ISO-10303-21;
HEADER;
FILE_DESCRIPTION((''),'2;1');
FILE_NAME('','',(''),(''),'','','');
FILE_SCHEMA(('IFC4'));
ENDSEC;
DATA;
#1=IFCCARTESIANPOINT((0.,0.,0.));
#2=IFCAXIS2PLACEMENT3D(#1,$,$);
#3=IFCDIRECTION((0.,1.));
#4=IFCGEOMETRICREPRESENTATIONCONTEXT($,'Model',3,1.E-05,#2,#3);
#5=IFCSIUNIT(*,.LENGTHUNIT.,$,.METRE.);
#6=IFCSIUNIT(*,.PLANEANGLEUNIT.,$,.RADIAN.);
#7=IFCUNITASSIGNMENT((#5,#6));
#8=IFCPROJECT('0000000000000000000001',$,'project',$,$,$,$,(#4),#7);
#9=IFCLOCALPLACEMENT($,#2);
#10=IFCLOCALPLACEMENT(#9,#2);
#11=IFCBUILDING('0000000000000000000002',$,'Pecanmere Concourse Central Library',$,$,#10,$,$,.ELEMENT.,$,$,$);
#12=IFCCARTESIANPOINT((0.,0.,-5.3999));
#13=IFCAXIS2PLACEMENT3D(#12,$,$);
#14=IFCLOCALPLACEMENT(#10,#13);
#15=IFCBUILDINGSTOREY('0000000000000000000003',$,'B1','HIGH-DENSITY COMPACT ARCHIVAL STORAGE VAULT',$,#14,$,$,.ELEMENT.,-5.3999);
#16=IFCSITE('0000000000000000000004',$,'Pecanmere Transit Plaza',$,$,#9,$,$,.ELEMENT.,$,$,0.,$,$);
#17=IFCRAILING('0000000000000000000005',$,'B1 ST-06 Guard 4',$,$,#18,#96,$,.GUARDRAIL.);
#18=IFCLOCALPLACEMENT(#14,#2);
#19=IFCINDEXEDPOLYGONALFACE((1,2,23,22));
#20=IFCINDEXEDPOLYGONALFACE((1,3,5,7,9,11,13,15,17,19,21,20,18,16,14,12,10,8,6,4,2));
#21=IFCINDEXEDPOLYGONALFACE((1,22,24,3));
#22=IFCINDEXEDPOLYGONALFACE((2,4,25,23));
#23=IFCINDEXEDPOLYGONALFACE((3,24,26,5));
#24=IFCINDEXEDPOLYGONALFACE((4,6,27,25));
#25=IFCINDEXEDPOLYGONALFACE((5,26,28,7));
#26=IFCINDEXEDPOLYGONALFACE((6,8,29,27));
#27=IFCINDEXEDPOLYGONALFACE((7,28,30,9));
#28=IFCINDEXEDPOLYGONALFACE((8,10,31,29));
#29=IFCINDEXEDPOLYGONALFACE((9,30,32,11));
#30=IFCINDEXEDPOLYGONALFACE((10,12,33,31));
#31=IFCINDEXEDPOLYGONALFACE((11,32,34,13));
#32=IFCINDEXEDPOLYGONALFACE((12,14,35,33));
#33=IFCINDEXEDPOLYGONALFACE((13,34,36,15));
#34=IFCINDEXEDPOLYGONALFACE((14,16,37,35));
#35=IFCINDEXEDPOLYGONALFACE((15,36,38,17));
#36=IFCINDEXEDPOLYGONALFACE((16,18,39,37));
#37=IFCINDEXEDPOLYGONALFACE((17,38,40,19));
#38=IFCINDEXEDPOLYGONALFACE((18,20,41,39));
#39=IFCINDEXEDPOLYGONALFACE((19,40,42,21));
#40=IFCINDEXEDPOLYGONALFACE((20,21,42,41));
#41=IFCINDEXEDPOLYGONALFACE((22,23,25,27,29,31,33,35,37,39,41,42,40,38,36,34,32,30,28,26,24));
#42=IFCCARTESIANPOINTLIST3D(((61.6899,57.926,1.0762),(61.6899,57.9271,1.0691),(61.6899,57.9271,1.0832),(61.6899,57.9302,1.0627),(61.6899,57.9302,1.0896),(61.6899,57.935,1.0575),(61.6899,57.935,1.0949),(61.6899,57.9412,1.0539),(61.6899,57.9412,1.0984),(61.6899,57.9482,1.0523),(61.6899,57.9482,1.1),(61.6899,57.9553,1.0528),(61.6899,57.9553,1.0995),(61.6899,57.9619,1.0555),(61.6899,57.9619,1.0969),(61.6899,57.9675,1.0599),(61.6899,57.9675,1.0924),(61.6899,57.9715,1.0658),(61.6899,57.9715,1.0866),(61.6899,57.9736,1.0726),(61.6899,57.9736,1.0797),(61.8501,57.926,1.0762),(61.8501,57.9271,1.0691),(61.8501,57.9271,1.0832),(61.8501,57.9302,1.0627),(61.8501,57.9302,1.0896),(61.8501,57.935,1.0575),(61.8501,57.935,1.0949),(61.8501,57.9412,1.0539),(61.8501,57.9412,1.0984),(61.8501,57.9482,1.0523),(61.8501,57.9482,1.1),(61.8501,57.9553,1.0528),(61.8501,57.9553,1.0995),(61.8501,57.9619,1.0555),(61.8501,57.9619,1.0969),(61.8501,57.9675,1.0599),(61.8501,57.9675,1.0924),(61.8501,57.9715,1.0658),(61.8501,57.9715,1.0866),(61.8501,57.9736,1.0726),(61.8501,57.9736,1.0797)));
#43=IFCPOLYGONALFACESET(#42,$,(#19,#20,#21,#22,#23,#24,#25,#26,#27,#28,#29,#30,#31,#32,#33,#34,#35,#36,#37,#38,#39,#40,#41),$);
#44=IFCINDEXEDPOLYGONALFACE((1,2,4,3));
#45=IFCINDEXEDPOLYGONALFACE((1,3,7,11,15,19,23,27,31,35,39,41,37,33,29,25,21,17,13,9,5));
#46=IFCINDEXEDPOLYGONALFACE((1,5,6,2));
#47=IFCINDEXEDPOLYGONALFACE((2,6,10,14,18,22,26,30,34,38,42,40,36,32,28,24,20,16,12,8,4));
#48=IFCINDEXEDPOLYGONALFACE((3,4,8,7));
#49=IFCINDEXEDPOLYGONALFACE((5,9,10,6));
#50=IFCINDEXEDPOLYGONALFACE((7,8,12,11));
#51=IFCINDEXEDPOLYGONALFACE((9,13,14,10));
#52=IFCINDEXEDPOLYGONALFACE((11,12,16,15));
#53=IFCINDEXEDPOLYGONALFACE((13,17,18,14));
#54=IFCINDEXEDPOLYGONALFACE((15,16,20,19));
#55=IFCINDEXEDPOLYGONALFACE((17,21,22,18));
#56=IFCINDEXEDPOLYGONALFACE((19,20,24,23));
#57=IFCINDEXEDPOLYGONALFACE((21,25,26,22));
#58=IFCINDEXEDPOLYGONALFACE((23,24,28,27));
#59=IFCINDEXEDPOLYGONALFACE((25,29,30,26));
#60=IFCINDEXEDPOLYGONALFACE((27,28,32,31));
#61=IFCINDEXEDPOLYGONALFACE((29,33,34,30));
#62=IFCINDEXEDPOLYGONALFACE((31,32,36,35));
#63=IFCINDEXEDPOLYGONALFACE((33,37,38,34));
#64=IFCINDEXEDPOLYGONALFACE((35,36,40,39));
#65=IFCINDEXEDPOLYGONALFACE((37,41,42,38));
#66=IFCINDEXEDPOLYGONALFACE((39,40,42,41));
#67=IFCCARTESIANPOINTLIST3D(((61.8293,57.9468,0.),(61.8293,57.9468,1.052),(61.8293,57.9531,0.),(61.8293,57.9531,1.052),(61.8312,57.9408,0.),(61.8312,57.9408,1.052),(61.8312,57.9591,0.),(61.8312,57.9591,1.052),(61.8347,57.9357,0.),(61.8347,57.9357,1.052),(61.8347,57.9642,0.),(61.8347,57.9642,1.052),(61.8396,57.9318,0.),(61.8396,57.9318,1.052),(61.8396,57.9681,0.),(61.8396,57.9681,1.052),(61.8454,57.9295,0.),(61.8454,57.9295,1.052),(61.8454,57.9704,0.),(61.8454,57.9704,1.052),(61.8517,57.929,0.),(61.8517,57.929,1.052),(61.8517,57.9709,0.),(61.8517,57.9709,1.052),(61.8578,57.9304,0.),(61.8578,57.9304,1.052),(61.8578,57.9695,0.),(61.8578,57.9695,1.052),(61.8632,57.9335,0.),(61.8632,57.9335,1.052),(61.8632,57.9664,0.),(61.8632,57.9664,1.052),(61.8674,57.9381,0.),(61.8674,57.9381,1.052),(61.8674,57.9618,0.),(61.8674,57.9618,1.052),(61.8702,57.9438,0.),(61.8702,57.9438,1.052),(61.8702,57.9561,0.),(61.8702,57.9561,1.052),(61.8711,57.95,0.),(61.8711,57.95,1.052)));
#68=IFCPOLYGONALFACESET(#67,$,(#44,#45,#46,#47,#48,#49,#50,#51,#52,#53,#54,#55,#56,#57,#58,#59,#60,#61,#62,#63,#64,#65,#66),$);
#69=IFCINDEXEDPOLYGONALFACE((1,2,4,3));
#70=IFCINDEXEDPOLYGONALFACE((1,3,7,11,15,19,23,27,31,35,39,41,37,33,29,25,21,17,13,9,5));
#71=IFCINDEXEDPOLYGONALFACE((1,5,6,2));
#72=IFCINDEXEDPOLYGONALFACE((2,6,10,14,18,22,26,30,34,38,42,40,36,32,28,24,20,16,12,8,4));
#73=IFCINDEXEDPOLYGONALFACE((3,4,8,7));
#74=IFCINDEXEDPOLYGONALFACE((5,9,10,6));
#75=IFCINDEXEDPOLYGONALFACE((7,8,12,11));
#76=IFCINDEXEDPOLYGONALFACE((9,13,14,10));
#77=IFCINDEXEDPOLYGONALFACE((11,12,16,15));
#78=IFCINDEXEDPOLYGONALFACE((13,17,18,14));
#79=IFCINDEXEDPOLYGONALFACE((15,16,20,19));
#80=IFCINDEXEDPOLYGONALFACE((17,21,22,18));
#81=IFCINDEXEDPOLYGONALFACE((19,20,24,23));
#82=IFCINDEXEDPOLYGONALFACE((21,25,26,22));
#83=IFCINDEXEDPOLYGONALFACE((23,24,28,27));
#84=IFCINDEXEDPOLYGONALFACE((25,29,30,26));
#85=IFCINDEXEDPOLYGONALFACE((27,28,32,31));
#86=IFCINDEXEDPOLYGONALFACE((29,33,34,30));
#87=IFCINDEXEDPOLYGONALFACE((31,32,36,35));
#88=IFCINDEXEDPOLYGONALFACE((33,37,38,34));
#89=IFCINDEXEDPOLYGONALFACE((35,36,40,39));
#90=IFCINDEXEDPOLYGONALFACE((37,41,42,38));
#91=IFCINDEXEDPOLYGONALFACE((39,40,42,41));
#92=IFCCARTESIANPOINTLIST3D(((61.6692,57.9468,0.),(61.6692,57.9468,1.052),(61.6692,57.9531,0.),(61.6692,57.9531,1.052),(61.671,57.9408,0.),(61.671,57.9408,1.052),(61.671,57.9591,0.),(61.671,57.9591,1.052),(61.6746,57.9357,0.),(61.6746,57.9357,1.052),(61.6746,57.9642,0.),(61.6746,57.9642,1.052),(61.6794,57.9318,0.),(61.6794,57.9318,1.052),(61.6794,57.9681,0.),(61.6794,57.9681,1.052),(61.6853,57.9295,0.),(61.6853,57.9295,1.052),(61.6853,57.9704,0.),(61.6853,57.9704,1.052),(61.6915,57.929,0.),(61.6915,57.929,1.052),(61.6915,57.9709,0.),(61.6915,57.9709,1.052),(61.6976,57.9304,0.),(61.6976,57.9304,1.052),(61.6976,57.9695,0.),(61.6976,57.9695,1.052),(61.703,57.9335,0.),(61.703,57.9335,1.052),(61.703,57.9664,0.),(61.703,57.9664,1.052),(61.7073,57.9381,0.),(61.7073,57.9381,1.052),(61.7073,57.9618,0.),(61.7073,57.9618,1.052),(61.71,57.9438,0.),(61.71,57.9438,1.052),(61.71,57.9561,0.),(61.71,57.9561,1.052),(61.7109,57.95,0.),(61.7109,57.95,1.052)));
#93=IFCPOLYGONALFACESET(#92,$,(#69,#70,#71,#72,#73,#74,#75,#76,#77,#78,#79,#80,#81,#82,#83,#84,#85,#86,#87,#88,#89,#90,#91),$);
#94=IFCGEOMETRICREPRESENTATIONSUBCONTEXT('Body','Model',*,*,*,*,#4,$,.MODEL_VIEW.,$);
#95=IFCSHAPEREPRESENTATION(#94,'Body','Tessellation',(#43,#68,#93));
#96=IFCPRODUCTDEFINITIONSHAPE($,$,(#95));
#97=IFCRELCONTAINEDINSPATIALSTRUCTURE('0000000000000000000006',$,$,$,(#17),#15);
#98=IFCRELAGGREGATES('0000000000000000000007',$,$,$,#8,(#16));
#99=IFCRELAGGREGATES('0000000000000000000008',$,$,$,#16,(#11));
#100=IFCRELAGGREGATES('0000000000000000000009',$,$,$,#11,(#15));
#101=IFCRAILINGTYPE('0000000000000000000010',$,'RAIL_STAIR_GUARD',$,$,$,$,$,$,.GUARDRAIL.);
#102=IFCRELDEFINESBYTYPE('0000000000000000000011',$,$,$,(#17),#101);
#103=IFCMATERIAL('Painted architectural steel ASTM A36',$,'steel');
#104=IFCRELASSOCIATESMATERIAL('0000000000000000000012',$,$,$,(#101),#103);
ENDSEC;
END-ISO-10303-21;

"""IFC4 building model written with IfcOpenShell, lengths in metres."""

from ifc_helpers import new_model, si_unit, direction, frame, origin, origin_2d, place, context, subcontext, project, spatial, circle, extrude, material, type_object, element, save


model = new_model("IFC4")

# Units and contexts
model_context = context("Model", 3, precision=1e-05, world=origin(), true_north=direction((0.0, 1.0)))
body_context = subcontext(model_context, "Body", "Model", "MODEL_VIEW")
ifc_project = project(units=[si_unit("LENGTHUNIT", "METRE"), si_unit("PLANEANGLEUNIT", "RADIAN")], contexts=[model_context])

# Site, building, storey
site_placement = place(None, origin())
site = spatial("IfcSite", under=ifc_project, at=site_placement, Name="Pecanmere Transit Plaza", CompositionType="ELEMENT", RefElevation=0.0)
building_placement = place(site_placement, origin())
building = spatial("IfcBuilding", under=site, at=building_placement, Name="Pecanmere Concourse Central Library", CompositionType="ELEMENT")
storey_placement = place(building_placement, frame((0.0, 0.0, -5.3999)))
storey = spatial("IfcBuildingStorey", under=building, at=storey_placement, Name="B1", Description="HIGH-DENSITY COMPACT ARCHIVAL STORAGE VAULT", CompositionType="ELEMENT", Elevation=-5.3999)

# Railing
ifc_material_1 = material(Name="Painted architectural steel ASTM A36", Category="steel")
railing_type_1 = type_object("IfcRailingType", Name="RAIL_STAIR_GUARD", PredefinedType="GUARDRAIL", material=ifc_material_1)
railing_1_placement = place(storey_placement, frame((61.8501, 57.95, 0.0)))
element("IfcRailing", 1, at=railing_1_placement, inside=storey, type_object=railing_type_1, Name="B1 ST-06 Guard 4", PredefinedType="GUARDRAIL", context=body_context, shape_type="SweptSolid", body=[
    extrude(circle(Radius=0.0239, at=origin_2d()), frame((0.0, 0.0, 1.0762), z_axis=(-1.0, 0.0, 0.0), x_axis=(0.0, -1.0, 0.0)), (0.0, 0.0, 1.0), 0.1602),
    extrude(circle(Radius=0.021, at=origin_2d()), origin(), (0.0, 0.0, 1.0), 1.052),
    extrude(circle(Radius=0.021, at=origin_2d()), frame((-0.1602, 0.0, 0.0)), (0.0, 0.0, 1.0), 1.052),
])

save(model, "model.ifc")
